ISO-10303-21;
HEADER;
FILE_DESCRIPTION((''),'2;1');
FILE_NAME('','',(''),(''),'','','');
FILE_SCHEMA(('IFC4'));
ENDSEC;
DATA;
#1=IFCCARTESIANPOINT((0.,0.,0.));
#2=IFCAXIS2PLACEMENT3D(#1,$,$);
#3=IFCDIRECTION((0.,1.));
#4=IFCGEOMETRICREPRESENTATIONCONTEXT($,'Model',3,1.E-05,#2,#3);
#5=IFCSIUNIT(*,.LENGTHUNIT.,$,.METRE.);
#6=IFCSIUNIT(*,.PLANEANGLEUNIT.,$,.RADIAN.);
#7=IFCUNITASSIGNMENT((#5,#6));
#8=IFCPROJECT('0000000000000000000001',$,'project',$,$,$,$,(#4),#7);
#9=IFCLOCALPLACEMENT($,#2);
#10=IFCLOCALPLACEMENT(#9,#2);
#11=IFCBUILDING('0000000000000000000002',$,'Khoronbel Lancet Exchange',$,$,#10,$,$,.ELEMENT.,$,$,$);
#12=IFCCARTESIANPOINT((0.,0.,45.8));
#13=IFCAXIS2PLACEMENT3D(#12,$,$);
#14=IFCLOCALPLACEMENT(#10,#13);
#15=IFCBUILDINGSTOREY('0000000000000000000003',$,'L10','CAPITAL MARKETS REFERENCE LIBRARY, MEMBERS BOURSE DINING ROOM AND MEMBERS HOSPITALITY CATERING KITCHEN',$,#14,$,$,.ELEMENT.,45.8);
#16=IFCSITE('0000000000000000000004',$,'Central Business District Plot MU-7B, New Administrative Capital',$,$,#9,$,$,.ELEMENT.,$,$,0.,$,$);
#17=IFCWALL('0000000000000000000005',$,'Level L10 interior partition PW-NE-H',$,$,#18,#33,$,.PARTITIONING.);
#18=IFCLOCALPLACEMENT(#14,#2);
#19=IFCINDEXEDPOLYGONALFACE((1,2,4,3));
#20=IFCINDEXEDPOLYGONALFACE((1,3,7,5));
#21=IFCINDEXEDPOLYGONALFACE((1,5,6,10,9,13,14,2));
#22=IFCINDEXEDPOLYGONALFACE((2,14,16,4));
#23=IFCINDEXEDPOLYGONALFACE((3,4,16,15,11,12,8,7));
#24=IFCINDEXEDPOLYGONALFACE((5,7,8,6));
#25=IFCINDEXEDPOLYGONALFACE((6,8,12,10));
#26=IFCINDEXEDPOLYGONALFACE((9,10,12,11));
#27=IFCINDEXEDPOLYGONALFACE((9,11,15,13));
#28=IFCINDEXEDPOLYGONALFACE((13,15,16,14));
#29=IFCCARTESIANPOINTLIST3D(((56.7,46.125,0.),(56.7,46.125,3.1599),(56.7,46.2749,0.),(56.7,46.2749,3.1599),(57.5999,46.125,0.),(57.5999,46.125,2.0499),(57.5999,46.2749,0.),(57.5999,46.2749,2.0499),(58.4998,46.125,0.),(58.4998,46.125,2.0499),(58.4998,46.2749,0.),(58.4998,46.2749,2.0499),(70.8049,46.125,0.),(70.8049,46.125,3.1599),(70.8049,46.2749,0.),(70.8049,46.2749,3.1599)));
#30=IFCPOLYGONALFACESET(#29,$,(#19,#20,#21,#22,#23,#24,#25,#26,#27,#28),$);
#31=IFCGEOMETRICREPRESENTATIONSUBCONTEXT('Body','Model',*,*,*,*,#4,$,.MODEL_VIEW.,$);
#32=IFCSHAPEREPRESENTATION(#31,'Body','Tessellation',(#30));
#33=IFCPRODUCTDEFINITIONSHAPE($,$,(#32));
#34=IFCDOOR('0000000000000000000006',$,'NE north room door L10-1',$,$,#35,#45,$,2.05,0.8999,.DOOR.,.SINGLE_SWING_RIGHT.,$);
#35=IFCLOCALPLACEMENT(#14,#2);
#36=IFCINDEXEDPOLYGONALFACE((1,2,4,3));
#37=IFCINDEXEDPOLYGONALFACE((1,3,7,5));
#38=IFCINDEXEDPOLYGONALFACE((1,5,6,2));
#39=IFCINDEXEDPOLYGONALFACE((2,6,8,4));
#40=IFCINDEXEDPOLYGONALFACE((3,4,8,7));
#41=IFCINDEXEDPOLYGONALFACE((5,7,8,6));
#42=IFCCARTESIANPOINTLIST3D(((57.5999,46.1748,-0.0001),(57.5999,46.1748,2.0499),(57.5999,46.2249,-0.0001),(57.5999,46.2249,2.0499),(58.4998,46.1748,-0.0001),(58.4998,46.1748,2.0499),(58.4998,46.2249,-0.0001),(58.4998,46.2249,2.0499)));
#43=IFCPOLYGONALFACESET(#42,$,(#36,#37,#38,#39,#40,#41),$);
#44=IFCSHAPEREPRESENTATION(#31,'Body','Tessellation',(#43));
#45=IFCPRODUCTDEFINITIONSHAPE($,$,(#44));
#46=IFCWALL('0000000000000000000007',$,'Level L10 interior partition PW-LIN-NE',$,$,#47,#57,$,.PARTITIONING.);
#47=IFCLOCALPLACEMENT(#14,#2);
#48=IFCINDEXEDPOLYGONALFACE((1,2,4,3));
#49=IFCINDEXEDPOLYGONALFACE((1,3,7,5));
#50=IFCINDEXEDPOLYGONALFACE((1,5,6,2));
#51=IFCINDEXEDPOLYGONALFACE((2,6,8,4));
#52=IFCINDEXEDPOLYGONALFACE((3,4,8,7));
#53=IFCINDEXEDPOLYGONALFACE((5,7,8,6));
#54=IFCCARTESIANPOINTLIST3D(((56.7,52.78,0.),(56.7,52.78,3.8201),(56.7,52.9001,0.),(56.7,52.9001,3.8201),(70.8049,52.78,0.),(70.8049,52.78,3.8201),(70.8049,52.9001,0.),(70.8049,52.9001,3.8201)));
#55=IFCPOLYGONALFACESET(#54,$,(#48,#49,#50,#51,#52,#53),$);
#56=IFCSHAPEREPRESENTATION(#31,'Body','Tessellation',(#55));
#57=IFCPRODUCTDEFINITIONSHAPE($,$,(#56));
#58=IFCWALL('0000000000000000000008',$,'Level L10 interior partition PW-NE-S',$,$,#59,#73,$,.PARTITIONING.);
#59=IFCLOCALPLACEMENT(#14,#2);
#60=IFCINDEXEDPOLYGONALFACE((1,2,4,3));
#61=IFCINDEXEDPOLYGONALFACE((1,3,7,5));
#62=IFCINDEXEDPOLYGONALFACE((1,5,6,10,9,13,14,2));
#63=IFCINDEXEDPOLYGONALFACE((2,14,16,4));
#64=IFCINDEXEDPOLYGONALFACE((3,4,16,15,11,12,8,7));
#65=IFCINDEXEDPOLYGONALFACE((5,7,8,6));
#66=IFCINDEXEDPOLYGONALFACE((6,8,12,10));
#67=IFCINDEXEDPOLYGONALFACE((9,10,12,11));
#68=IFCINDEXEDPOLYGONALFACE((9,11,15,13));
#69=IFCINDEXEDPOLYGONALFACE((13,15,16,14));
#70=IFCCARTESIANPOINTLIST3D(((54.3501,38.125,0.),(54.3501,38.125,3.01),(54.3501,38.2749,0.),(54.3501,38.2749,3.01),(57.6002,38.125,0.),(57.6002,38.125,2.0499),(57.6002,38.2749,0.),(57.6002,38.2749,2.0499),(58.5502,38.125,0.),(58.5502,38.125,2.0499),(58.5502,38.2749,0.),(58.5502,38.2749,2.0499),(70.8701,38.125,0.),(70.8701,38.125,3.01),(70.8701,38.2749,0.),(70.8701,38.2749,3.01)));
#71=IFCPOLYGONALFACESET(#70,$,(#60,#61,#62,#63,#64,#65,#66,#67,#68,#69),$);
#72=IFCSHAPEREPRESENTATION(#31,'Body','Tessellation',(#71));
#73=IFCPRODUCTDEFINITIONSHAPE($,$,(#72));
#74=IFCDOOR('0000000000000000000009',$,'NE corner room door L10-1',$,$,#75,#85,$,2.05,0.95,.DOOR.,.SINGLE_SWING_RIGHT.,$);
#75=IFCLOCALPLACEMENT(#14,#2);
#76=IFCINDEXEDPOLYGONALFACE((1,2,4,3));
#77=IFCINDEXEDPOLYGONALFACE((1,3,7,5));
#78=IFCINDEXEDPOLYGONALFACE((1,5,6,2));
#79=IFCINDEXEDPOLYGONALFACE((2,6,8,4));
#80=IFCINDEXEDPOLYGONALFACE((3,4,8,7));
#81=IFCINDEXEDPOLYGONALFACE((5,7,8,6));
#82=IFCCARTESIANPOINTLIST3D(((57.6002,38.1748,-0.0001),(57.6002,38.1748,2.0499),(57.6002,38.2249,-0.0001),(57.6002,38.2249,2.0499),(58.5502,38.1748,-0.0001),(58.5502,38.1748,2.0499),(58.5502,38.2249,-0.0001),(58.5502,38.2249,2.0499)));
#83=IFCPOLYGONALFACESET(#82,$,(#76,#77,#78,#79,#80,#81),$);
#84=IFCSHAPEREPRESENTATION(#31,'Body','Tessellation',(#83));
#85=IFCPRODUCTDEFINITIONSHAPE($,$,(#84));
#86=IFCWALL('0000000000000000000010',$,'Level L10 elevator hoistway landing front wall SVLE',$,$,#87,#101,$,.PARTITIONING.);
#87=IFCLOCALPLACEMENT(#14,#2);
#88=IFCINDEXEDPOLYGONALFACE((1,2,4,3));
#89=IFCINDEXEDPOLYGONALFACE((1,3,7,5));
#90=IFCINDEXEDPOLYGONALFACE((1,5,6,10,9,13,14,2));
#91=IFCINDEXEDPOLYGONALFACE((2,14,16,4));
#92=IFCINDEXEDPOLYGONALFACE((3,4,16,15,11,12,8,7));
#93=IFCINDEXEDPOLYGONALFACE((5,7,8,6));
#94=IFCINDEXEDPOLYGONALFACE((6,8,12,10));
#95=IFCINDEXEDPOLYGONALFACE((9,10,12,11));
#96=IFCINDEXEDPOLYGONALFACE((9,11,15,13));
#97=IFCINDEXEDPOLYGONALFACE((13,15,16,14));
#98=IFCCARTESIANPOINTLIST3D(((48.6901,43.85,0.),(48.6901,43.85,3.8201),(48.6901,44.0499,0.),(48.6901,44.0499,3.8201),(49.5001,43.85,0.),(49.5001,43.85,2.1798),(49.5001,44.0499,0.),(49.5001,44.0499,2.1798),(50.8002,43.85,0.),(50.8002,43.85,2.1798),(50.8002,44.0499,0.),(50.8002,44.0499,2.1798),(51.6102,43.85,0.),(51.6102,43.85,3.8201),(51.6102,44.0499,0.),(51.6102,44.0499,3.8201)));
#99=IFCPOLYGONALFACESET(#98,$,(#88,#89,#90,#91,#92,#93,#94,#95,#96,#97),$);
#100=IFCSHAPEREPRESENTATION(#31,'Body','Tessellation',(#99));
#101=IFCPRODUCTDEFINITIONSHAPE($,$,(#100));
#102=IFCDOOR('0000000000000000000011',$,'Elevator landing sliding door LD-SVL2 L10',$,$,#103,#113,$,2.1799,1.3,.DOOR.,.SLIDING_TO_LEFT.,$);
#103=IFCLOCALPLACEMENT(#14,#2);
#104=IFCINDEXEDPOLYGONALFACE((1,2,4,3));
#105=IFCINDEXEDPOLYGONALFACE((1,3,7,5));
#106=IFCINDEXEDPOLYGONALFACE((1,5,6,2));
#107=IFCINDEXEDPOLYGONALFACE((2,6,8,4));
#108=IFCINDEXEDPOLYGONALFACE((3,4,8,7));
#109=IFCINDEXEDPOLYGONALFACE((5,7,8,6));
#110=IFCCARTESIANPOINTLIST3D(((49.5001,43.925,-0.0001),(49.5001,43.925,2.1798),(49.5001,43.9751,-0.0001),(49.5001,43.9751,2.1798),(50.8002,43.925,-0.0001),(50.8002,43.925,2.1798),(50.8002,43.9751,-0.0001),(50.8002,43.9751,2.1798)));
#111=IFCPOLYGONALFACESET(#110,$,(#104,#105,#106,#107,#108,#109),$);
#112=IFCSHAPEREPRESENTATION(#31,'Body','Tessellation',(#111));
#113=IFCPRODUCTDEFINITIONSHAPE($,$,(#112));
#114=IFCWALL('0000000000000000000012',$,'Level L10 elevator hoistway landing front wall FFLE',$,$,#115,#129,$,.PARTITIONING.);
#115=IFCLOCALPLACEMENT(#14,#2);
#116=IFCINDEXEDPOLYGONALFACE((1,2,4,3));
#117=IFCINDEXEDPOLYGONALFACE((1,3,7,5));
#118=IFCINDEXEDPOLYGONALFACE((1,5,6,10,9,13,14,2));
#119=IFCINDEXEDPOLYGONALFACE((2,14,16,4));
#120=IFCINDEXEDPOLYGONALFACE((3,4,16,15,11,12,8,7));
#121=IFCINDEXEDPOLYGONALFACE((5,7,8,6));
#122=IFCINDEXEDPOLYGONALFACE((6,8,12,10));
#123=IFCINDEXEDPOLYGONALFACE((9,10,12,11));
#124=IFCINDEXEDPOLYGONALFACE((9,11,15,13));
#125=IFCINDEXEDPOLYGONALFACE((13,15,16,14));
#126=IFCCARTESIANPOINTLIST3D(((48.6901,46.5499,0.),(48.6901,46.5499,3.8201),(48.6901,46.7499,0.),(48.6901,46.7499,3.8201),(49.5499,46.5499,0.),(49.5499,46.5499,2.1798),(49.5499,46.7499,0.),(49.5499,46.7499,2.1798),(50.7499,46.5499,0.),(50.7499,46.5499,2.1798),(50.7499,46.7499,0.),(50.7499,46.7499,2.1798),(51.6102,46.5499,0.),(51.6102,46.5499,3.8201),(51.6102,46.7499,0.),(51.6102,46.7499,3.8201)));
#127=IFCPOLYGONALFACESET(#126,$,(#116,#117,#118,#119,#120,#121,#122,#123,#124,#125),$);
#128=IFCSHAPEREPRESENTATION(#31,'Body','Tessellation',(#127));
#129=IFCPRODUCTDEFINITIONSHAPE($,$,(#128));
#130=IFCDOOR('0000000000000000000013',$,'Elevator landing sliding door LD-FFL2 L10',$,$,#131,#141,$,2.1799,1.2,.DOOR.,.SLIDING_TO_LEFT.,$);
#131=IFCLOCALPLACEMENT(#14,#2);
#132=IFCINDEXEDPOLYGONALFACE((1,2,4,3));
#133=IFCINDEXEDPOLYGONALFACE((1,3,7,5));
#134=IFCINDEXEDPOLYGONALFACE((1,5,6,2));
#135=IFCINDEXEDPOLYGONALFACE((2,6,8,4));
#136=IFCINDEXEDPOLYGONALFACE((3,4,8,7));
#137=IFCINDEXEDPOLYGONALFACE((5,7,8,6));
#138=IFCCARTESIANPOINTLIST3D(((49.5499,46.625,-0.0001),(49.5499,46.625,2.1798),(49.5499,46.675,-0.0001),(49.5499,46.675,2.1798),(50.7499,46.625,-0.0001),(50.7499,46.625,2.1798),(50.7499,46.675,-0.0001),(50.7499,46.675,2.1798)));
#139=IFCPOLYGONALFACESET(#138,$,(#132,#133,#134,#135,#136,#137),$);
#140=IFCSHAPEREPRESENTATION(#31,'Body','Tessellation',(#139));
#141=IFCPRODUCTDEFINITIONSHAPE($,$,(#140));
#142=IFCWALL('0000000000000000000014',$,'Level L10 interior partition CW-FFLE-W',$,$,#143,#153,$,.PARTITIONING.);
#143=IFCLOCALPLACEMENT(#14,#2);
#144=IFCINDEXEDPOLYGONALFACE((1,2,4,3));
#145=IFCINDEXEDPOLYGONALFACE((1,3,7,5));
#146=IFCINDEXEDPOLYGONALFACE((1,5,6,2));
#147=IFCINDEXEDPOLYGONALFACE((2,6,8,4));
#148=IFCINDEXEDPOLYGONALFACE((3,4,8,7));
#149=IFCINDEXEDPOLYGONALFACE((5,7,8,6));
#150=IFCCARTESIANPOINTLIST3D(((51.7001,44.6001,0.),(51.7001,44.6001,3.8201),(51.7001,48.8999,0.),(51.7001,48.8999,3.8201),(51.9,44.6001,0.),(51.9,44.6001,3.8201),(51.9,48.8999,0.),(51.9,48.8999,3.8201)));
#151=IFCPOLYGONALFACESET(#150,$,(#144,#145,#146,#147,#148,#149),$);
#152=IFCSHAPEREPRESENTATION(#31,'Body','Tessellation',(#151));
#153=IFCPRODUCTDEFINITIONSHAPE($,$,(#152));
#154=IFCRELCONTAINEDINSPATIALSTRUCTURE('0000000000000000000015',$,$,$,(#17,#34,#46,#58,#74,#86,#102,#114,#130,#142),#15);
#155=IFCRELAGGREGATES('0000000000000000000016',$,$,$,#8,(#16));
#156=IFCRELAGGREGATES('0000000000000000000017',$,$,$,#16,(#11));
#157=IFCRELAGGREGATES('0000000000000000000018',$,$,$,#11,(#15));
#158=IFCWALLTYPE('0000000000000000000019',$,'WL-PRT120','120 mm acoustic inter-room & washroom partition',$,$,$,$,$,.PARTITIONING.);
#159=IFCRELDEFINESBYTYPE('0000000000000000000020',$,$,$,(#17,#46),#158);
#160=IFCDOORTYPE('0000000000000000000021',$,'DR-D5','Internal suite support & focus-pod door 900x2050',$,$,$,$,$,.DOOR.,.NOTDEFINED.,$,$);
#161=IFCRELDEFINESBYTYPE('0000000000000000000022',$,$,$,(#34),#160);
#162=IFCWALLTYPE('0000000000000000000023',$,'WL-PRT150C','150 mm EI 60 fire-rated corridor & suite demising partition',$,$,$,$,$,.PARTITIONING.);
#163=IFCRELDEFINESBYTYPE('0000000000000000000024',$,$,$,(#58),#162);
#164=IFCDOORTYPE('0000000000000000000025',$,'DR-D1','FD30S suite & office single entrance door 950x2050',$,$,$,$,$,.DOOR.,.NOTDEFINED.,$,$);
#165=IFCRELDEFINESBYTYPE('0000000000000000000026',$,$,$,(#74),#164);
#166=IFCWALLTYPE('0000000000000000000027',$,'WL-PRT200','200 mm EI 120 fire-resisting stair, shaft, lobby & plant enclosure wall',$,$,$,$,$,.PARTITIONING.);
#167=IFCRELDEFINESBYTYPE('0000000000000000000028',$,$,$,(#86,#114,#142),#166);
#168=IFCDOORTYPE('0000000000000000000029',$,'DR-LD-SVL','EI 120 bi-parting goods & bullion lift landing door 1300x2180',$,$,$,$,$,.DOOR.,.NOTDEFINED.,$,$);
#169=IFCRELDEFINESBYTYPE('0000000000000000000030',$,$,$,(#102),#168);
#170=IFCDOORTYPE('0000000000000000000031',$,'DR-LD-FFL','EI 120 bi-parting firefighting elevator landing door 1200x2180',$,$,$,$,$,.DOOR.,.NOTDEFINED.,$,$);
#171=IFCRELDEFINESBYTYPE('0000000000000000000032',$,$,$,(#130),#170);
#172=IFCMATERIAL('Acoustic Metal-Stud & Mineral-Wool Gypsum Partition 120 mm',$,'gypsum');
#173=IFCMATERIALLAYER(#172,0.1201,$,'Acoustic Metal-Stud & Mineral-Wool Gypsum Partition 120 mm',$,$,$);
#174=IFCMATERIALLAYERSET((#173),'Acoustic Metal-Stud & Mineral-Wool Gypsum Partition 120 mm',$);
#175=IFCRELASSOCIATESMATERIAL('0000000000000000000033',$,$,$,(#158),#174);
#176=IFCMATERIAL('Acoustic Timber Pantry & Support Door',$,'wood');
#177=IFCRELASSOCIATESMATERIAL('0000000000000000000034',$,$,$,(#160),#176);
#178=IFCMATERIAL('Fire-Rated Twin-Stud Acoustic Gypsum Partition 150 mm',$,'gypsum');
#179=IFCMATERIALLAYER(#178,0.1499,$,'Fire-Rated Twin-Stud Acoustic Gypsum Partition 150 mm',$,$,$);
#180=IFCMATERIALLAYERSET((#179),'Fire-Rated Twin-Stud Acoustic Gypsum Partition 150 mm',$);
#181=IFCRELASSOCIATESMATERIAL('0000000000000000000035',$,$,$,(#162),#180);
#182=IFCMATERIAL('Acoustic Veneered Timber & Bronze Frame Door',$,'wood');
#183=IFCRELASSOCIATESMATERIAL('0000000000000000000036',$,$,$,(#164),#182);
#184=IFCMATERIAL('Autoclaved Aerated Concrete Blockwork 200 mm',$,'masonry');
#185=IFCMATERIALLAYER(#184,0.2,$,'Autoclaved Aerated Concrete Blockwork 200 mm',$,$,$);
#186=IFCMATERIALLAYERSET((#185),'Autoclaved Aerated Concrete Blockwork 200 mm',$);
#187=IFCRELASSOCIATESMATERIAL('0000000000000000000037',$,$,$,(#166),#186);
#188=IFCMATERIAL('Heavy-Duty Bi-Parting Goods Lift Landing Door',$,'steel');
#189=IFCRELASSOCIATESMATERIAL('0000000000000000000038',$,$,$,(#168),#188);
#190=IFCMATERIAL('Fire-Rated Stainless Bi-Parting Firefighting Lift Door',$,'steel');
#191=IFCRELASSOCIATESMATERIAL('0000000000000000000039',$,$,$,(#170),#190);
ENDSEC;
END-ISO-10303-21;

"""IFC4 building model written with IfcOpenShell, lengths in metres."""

from ifc_helpers import new_model, si_unit, direction, frame, frame_2d, origin, place, context, subcontext, project, spatial, rectangle, extrude, material, layer, layer_set, type_object, element, fill, save


model = new_model("IFC4")

# Units and contexts
model_context = context("Model", 3, precision=1e-05, world=origin(), true_north=direction((0.0, 1.0)))
body_context = subcontext(model_context, "Body", "Model", "MODEL_VIEW")
ifc_project = project(units=[si_unit("LENGTHUNIT", "METRE"), si_unit("PLANEANGLEUNIT", "RADIAN")], contexts=[model_context])

# Site, building, storey
site_placement = place(None, origin())
site = spatial("IfcSite", under=ifc_project, at=site_placement, Name="Central Business District Plot MU-7B, New Administrative Capital", CompositionType="ELEMENT", RefElevation=0.0)
building_placement = place(site_placement, origin())
building = spatial("IfcBuilding", under=site, at=building_placement, Name="Khoronbel Lancet Exchange", CompositionType="ELEMENT")
storey_placement = place(building_placement, frame((0.0, 0.0, 45.8)))
storey = spatial("IfcBuildingStorey", under=building, at=storey_placement, Name="L10", Description="CAPITAL MARKETS REFERENCE LIBRARY, MEMBERS BOURSE DINING ROOM AND MEMBERS HOSPITALITY CATERING KITCHEN", CompositionType="ELEMENT", Elevation=45.8)

# Shared definitions
ifc_material_1 = material(Name="Acoustic Metal-Stud & Mineral-Wool Gypsum Partition 120 mm", Category="gypsum")
ifc_layer_1 = layer(ifc_material_1, 0.1201, Name="Acoustic Metal-Stud & Mineral-Wool Gypsum Partition 120 mm")
ifc_layer_set_1 = layer_set([ifc_layer_1], Name="Acoustic Metal-Stud & Mineral-Wool Gypsum Partition 120 mm")
wall_type_1 = type_object("IfcWallType", Name="WL-PRT120", Description="120 mm acoustic inter-room & washroom partition", PredefinedType="PARTITIONING", material=ifc_layer_set_1)

# Wall, opening, door
wall_1_placement = place(storey_placement, frame((56.7, 46.2, 0.0), z_axis=(0.0, 0.0, 1.0), x_axis=(1.0, 0.0, 0.0)))
wall_1 = element("IfcWall", 1, at=wall_1_placement, inside=storey, type_object=wall_type_1, Name="Level L10 interior partition PW-NE-H", PredefinedType="PARTITIONING", context=body_context, shape_type="SweptSolid", body=[
    extrude(rectangle(XDim=14.105, YDim=0.1499, at=frame_2d((7.0525, 0.0))), origin(), (0.0, 0.0, 1.0), 3.1599),
])
opening_1_placement = place(wall_1_placement, frame((0.8999, 0.0, 0.0)))
opening_1 = element("IfcOpeningElement", 2, at=opening_1_placement, cuts=wall_1, PredefinedType="OPENING", context=body_context, shape_type="SweptSolid", body=[
    extrude(rectangle(XDim=0.8999, YDim=2.05, at=frame_2d((0.45, 1.0249))), frame((0.0, 0.085, 0.0), z_axis=(0.0, -1.0, 0.0), x_axis=(1.0, 0.0, 0.0)), (0.0, 0.0, 1.0), 0.1699),
])
ifc_material_2 = material(Name="Acoustic Timber Pantry & Support Door", Category="wood")
door_type_1 = type_object("IfcDoorType", Name="DR-D5", Description="Internal suite support & focus-pod door 900x2050", OperationType="NOTDEFINED", PredefinedType="DOOR", material=ifc_material_2)
door_1_placement = place(opening_1_placement, origin())
door_1 = element("IfcDoor", 3, at=door_1_placement, inside=storey, type_object=door_type_1, Name="NE north room door L10-1", OperationType="SINGLE_SWING_RIGHT", OverallHeight=2.05, OverallWidth=0.8999, PredefinedType="DOOR", context=body_context, shape_type="SweptSolid", body=[
    extrude(rectangle(XDim=0.8999, YDim=2.05, at=frame_2d((0.45, 1.0249))), frame((0.0, 0.0249, 0.0), z_axis=(0.0, -1.0, 0.0), x_axis=(1.0, 0.0, 0.0)), (0.0, 0.0, 1.0), 0.05),
])
fill(opening_1, door_1)

# Wall
wall_2_placement = place(storey_placement, frame((56.7, 52.8401, 0.0), z_axis=(0.0, 0.0, 1.0), x_axis=(1.0, 0.0, 0.0)))
element("IfcWall", 4, at=wall_2_placement, inside=storey, type_object=wall_type_1, Name="Level L10 interior partition PW-LIN-NE", PredefinedType="PARTITIONING", context=body_context, shape_type="SweptSolid", body=[
    extrude(rectangle(XDim=14.105, YDim=0.1201, at=frame_2d((7.0525, 0.0))), origin(), (0.0, 0.0, 1.0), 3.8201),
])

# Walls, openings, doors
ifc_material_3 = material(Name="Fire-Rated Twin-Stud Acoustic Gypsum Partition 150 mm", Category="gypsum")
ifc_layer_2 = layer(ifc_material_3, 0.1499, Name="Fire-Rated Twin-Stud Acoustic Gypsum Partition 150 mm")
ifc_layer_set_2 = layer_set([ifc_layer_2], Name="Fire-Rated Twin-Stud Acoustic Gypsum Partition 150 mm")
wall_type_2 = type_object("IfcWallType", Name="WL-PRT150C", Description="150 mm EI 60 fire-rated corridor & suite demising partition", PredefinedType="PARTITIONING", material=ifc_layer_set_2)
wall_3_placement = place(storey_placement, frame((54.3501, 38.2, 0.0), z_axis=(0.0, 0.0, 1.0), x_axis=(1.0, 0.0, 0.0)))
wall_3 = element("IfcWall", 5, at=wall_3_placement, inside=storey, type_object=wall_type_2, Name="Level L10 interior partition PW-NE-S", PredefinedType="PARTITIONING", context=body_context, shape_type="SweptSolid", body=[
    extrude(rectangle(XDim=16.52, YDim=0.1499, at=frame_2d((8.26, 0.0))), origin(), (0.0, 0.0, 1.0), 3.01),
])
opening_2_placement = place(wall_3_placement, frame((3.25, 0.0, 0.0)))
opening_2 = element("IfcOpeningElement", 6, at=opening_2_placement, cuts=wall_3, PredefinedType="OPENING", context=body_context, shape_type="SweptSolid", body=[
    extrude(rectangle(XDim=0.95, YDim=2.05, at=frame_2d((0.4751, 1.0249))), frame((0.0, 0.085, 0.0), z_axis=(0.0, -1.0, 0.0), x_axis=(1.0, 0.0, 0.0)), (0.0, 0.0, 1.0), 0.1699),
])
ifc_material_4 = material(Name="Acoustic Veneered Timber & Bronze Frame Door", Category="wood")
door_type_2 = type_object("IfcDoorType", Name="DR-D1", Description="FD30S suite & office single entrance door 950x2050", OperationType="NOTDEFINED", PredefinedType="DOOR", material=ifc_material_4)
door_2_placement = place(opening_2_placement, origin())
door_2 = element("IfcDoor", 7, at=door_2_placement, inside=storey, type_object=door_type_2, Name="NE corner room door L10-1", OperationType="SINGLE_SWING_RIGHT", OverallHeight=2.05, OverallWidth=0.95, PredefinedType="DOOR", context=body_context, shape_type="SweptSolid", body=[
    extrude(rectangle(XDim=0.95, YDim=2.05, at=frame_2d((0.4751, 1.0249))), frame((0.0, 0.0249, 0.0), z_axis=(0.0, -1.0, 0.0), x_axis=(1.0, 0.0, 0.0)), (0.0, 0.0, 1.0), 0.05),
])
fill(opening_2, door_2)
ifc_material_5 = material(Name="Autoclaved Aerated Concrete Blockwork 200 mm", Category="masonry")
ifc_layer_3 = layer(ifc_material_5, 0.2, Name="Autoclaved Aerated Concrete Blockwork 200 mm")
ifc_layer_set_3 = layer_set([ifc_layer_3], Name="Autoclaved Aerated Concrete Blockwork 200 mm")
wall_type_3 = type_object("IfcWallType", Name="WL-PRT200", Description="200 mm EI 120 fire-resisting stair, shaft, lobby & plant enclosure wall", PredefinedType="PARTITIONING", material=ifc_layer_set_3)
wall_4_placement = place(storey_placement, frame((51.6101, 43.95, 0.0), z_axis=(0.0, 0.0, 1.0), x_axis=(-1.0, 0.0, 0.0)))
wall_4 = element("IfcWall", 8, at=wall_4_placement, inside=storey, type_object=wall_type_3, Name="Level L10 elevator hoistway landing front wall SVLE", PredefinedType="PARTITIONING", context=body_context, shape_type="SweptSolid", body=[
    extrude(rectangle(XDim=2.9202, YDim=0.2, at=frame_2d((1.46, 0.0))), origin(), (0.0, 0.0, 1.0), 3.8201),
])
opening_3_placement = place(wall_4_placement, frame((0.8101, 0.0, 0.0)))
opening_3 = element("IfcOpeningElement", 9, at=opening_3_placement, cuts=wall_4, PredefinedType="OPENING", context=body_context, shape_type="SweptSolid", body=[
    extrude(rectangle(XDim=1.3, YDim=2.1799, at=frame_2d((0.6499, 1.0898))), frame((0.0, 0.1099, 0.0), z_axis=(0.0, -1.0, 0.0), x_axis=(1.0, 0.0, 0.0)), (0.0, 0.0, 1.0), 0.22),
])
ifc_material_6 = material(Name="Heavy-Duty Bi-Parting Goods Lift Landing Door", Category="steel")
door_type_3 = type_object("IfcDoorType", Name="DR-LD-SVL", Description="EI 120 bi-parting goods & bullion lift landing door 1300x2180", OperationType="NOTDEFINED", PredefinedType="DOOR", material=ifc_material_6)
door_3_placement = place(opening_3_placement, origin())
door_3 = element("IfcDoor", 10, at=door_3_placement, inside=storey, type_object=door_type_3, Name="Elevator landing sliding door LD-SVL2 L10", OperationType="SLIDING_TO_LEFT", OverallHeight=2.1799, OverallWidth=1.3, PredefinedType="DOOR", context=body_context, shape_type="SweptSolid", body=[
    extrude(rectangle(XDim=1.3, YDim=2.1799, at=frame_2d((0.6499, 1.0898))), frame((0.0, 0.0249, 0.0), z_axis=(0.0, -1.0, 0.0), x_axis=(1.0, 0.0, 0.0)), (0.0, 0.0, 1.0), 0.05),
])
fill(opening_3, door_3)
wall_5_placement = place(storey_placement, frame((51.6101, 46.6499, 0.0), z_axis=(0.0, 0.0, 1.0), x_axis=(-1.0, 0.0, 0.0)))
wall_5 = element("IfcWall", 11, at=wall_5_placement, inside=storey, type_object=wall_type_3, Name="Level L10 elevator hoistway landing front wall FFLE", PredefinedType="PARTITIONING", context=body_context, shape_type="SweptSolid", body=[
    extrude(rectangle(XDim=2.9202, YDim=0.2, at=frame_2d((1.46, 0.0))), origin(), (0.0, 0.0, 1.0), 3.8201),
])
opening_4_placement = place(wall_5_placement, frame((0.8601, 0.0, 0.0)))
opening_4 = element("IfcOpeningElement", 12, at=opening_4_placement, cuts=wall_5, PredefinedType="OPENING", context=body_context, shape_type="SweptSolid", body=[
    extrude(rectangle(XDim=1.2, YDim=2.1799, at=frame_2d((0.6001, 1.0898))), frame((0.0, 0.1099, 0.0), z_axis=(0.0, -1.0, 0.0), x_axis=(1.0, 0.0, 0.0)), (0.0, 0.0, 1.0), 0.22),
])
ifc_material_7 = material(Name="Fire-Rated Stainless Bi-Parting Firefighting Lift Door", Category="steel")
door_type_4 = type_object("IfcDoorType", Name="DR-LD-FFL", Description="EI 120 bi-parting firefighting elevator landing door 1200x2180", OperationType="NOTDEFINED", PredefinedType="DOOR", material=ifc_material_7)
door_4_placement = place(opening_4_placement, origin())
door_4 = element("IfcDoor", 13, at=door_4_placement, inside=storey, type_object=door_type_4, Name="Elevator landing sliding door LD-FFL2 L10", OperationType="SLIDING_TO_LEFT", OverallHeight=2.1799, OverallWidth=1.2, PredefinedType="DOOR", context=body_context, shape_type="SweptSolid", body=[
    extrude(rectangle(XDim=1.2, YDim=2.1799, at=frame_2d((0.6001, 1.0898))), frame((0.0, 0.0249, 0.0), z_axis=(0.0, -1.0, 0.0), x_axis=(1.0, 0.0, 0.0)), (0.0, 0.0, 1.0), 0.05),
])
fill(opening_4, door_4)

# Wall
wall_6_placement = place(storey_placement, frame((51.8, 44.6001, 0.0), z_axis=(0.0, 0.0, 1.0), x_axis=(0.0, 1.0, 0.0)))
element("IfcWall", 14, at=wall_6_placement, inside=storey, type_object=wall_type_3, Name="Level L10 interior partition CW-FFLE-W", PredefinedType="PARTITIONING", context=body_context, shape_type="SweptSolid", body=[
    extrude(rectangle(XDim=4.2998, YDim=0.2, at=frame_2d((2.1499, 0.0))), origin(), (0.0, 0.0, 1.0), 3.8201),
])

save(model, "model.ifc")
